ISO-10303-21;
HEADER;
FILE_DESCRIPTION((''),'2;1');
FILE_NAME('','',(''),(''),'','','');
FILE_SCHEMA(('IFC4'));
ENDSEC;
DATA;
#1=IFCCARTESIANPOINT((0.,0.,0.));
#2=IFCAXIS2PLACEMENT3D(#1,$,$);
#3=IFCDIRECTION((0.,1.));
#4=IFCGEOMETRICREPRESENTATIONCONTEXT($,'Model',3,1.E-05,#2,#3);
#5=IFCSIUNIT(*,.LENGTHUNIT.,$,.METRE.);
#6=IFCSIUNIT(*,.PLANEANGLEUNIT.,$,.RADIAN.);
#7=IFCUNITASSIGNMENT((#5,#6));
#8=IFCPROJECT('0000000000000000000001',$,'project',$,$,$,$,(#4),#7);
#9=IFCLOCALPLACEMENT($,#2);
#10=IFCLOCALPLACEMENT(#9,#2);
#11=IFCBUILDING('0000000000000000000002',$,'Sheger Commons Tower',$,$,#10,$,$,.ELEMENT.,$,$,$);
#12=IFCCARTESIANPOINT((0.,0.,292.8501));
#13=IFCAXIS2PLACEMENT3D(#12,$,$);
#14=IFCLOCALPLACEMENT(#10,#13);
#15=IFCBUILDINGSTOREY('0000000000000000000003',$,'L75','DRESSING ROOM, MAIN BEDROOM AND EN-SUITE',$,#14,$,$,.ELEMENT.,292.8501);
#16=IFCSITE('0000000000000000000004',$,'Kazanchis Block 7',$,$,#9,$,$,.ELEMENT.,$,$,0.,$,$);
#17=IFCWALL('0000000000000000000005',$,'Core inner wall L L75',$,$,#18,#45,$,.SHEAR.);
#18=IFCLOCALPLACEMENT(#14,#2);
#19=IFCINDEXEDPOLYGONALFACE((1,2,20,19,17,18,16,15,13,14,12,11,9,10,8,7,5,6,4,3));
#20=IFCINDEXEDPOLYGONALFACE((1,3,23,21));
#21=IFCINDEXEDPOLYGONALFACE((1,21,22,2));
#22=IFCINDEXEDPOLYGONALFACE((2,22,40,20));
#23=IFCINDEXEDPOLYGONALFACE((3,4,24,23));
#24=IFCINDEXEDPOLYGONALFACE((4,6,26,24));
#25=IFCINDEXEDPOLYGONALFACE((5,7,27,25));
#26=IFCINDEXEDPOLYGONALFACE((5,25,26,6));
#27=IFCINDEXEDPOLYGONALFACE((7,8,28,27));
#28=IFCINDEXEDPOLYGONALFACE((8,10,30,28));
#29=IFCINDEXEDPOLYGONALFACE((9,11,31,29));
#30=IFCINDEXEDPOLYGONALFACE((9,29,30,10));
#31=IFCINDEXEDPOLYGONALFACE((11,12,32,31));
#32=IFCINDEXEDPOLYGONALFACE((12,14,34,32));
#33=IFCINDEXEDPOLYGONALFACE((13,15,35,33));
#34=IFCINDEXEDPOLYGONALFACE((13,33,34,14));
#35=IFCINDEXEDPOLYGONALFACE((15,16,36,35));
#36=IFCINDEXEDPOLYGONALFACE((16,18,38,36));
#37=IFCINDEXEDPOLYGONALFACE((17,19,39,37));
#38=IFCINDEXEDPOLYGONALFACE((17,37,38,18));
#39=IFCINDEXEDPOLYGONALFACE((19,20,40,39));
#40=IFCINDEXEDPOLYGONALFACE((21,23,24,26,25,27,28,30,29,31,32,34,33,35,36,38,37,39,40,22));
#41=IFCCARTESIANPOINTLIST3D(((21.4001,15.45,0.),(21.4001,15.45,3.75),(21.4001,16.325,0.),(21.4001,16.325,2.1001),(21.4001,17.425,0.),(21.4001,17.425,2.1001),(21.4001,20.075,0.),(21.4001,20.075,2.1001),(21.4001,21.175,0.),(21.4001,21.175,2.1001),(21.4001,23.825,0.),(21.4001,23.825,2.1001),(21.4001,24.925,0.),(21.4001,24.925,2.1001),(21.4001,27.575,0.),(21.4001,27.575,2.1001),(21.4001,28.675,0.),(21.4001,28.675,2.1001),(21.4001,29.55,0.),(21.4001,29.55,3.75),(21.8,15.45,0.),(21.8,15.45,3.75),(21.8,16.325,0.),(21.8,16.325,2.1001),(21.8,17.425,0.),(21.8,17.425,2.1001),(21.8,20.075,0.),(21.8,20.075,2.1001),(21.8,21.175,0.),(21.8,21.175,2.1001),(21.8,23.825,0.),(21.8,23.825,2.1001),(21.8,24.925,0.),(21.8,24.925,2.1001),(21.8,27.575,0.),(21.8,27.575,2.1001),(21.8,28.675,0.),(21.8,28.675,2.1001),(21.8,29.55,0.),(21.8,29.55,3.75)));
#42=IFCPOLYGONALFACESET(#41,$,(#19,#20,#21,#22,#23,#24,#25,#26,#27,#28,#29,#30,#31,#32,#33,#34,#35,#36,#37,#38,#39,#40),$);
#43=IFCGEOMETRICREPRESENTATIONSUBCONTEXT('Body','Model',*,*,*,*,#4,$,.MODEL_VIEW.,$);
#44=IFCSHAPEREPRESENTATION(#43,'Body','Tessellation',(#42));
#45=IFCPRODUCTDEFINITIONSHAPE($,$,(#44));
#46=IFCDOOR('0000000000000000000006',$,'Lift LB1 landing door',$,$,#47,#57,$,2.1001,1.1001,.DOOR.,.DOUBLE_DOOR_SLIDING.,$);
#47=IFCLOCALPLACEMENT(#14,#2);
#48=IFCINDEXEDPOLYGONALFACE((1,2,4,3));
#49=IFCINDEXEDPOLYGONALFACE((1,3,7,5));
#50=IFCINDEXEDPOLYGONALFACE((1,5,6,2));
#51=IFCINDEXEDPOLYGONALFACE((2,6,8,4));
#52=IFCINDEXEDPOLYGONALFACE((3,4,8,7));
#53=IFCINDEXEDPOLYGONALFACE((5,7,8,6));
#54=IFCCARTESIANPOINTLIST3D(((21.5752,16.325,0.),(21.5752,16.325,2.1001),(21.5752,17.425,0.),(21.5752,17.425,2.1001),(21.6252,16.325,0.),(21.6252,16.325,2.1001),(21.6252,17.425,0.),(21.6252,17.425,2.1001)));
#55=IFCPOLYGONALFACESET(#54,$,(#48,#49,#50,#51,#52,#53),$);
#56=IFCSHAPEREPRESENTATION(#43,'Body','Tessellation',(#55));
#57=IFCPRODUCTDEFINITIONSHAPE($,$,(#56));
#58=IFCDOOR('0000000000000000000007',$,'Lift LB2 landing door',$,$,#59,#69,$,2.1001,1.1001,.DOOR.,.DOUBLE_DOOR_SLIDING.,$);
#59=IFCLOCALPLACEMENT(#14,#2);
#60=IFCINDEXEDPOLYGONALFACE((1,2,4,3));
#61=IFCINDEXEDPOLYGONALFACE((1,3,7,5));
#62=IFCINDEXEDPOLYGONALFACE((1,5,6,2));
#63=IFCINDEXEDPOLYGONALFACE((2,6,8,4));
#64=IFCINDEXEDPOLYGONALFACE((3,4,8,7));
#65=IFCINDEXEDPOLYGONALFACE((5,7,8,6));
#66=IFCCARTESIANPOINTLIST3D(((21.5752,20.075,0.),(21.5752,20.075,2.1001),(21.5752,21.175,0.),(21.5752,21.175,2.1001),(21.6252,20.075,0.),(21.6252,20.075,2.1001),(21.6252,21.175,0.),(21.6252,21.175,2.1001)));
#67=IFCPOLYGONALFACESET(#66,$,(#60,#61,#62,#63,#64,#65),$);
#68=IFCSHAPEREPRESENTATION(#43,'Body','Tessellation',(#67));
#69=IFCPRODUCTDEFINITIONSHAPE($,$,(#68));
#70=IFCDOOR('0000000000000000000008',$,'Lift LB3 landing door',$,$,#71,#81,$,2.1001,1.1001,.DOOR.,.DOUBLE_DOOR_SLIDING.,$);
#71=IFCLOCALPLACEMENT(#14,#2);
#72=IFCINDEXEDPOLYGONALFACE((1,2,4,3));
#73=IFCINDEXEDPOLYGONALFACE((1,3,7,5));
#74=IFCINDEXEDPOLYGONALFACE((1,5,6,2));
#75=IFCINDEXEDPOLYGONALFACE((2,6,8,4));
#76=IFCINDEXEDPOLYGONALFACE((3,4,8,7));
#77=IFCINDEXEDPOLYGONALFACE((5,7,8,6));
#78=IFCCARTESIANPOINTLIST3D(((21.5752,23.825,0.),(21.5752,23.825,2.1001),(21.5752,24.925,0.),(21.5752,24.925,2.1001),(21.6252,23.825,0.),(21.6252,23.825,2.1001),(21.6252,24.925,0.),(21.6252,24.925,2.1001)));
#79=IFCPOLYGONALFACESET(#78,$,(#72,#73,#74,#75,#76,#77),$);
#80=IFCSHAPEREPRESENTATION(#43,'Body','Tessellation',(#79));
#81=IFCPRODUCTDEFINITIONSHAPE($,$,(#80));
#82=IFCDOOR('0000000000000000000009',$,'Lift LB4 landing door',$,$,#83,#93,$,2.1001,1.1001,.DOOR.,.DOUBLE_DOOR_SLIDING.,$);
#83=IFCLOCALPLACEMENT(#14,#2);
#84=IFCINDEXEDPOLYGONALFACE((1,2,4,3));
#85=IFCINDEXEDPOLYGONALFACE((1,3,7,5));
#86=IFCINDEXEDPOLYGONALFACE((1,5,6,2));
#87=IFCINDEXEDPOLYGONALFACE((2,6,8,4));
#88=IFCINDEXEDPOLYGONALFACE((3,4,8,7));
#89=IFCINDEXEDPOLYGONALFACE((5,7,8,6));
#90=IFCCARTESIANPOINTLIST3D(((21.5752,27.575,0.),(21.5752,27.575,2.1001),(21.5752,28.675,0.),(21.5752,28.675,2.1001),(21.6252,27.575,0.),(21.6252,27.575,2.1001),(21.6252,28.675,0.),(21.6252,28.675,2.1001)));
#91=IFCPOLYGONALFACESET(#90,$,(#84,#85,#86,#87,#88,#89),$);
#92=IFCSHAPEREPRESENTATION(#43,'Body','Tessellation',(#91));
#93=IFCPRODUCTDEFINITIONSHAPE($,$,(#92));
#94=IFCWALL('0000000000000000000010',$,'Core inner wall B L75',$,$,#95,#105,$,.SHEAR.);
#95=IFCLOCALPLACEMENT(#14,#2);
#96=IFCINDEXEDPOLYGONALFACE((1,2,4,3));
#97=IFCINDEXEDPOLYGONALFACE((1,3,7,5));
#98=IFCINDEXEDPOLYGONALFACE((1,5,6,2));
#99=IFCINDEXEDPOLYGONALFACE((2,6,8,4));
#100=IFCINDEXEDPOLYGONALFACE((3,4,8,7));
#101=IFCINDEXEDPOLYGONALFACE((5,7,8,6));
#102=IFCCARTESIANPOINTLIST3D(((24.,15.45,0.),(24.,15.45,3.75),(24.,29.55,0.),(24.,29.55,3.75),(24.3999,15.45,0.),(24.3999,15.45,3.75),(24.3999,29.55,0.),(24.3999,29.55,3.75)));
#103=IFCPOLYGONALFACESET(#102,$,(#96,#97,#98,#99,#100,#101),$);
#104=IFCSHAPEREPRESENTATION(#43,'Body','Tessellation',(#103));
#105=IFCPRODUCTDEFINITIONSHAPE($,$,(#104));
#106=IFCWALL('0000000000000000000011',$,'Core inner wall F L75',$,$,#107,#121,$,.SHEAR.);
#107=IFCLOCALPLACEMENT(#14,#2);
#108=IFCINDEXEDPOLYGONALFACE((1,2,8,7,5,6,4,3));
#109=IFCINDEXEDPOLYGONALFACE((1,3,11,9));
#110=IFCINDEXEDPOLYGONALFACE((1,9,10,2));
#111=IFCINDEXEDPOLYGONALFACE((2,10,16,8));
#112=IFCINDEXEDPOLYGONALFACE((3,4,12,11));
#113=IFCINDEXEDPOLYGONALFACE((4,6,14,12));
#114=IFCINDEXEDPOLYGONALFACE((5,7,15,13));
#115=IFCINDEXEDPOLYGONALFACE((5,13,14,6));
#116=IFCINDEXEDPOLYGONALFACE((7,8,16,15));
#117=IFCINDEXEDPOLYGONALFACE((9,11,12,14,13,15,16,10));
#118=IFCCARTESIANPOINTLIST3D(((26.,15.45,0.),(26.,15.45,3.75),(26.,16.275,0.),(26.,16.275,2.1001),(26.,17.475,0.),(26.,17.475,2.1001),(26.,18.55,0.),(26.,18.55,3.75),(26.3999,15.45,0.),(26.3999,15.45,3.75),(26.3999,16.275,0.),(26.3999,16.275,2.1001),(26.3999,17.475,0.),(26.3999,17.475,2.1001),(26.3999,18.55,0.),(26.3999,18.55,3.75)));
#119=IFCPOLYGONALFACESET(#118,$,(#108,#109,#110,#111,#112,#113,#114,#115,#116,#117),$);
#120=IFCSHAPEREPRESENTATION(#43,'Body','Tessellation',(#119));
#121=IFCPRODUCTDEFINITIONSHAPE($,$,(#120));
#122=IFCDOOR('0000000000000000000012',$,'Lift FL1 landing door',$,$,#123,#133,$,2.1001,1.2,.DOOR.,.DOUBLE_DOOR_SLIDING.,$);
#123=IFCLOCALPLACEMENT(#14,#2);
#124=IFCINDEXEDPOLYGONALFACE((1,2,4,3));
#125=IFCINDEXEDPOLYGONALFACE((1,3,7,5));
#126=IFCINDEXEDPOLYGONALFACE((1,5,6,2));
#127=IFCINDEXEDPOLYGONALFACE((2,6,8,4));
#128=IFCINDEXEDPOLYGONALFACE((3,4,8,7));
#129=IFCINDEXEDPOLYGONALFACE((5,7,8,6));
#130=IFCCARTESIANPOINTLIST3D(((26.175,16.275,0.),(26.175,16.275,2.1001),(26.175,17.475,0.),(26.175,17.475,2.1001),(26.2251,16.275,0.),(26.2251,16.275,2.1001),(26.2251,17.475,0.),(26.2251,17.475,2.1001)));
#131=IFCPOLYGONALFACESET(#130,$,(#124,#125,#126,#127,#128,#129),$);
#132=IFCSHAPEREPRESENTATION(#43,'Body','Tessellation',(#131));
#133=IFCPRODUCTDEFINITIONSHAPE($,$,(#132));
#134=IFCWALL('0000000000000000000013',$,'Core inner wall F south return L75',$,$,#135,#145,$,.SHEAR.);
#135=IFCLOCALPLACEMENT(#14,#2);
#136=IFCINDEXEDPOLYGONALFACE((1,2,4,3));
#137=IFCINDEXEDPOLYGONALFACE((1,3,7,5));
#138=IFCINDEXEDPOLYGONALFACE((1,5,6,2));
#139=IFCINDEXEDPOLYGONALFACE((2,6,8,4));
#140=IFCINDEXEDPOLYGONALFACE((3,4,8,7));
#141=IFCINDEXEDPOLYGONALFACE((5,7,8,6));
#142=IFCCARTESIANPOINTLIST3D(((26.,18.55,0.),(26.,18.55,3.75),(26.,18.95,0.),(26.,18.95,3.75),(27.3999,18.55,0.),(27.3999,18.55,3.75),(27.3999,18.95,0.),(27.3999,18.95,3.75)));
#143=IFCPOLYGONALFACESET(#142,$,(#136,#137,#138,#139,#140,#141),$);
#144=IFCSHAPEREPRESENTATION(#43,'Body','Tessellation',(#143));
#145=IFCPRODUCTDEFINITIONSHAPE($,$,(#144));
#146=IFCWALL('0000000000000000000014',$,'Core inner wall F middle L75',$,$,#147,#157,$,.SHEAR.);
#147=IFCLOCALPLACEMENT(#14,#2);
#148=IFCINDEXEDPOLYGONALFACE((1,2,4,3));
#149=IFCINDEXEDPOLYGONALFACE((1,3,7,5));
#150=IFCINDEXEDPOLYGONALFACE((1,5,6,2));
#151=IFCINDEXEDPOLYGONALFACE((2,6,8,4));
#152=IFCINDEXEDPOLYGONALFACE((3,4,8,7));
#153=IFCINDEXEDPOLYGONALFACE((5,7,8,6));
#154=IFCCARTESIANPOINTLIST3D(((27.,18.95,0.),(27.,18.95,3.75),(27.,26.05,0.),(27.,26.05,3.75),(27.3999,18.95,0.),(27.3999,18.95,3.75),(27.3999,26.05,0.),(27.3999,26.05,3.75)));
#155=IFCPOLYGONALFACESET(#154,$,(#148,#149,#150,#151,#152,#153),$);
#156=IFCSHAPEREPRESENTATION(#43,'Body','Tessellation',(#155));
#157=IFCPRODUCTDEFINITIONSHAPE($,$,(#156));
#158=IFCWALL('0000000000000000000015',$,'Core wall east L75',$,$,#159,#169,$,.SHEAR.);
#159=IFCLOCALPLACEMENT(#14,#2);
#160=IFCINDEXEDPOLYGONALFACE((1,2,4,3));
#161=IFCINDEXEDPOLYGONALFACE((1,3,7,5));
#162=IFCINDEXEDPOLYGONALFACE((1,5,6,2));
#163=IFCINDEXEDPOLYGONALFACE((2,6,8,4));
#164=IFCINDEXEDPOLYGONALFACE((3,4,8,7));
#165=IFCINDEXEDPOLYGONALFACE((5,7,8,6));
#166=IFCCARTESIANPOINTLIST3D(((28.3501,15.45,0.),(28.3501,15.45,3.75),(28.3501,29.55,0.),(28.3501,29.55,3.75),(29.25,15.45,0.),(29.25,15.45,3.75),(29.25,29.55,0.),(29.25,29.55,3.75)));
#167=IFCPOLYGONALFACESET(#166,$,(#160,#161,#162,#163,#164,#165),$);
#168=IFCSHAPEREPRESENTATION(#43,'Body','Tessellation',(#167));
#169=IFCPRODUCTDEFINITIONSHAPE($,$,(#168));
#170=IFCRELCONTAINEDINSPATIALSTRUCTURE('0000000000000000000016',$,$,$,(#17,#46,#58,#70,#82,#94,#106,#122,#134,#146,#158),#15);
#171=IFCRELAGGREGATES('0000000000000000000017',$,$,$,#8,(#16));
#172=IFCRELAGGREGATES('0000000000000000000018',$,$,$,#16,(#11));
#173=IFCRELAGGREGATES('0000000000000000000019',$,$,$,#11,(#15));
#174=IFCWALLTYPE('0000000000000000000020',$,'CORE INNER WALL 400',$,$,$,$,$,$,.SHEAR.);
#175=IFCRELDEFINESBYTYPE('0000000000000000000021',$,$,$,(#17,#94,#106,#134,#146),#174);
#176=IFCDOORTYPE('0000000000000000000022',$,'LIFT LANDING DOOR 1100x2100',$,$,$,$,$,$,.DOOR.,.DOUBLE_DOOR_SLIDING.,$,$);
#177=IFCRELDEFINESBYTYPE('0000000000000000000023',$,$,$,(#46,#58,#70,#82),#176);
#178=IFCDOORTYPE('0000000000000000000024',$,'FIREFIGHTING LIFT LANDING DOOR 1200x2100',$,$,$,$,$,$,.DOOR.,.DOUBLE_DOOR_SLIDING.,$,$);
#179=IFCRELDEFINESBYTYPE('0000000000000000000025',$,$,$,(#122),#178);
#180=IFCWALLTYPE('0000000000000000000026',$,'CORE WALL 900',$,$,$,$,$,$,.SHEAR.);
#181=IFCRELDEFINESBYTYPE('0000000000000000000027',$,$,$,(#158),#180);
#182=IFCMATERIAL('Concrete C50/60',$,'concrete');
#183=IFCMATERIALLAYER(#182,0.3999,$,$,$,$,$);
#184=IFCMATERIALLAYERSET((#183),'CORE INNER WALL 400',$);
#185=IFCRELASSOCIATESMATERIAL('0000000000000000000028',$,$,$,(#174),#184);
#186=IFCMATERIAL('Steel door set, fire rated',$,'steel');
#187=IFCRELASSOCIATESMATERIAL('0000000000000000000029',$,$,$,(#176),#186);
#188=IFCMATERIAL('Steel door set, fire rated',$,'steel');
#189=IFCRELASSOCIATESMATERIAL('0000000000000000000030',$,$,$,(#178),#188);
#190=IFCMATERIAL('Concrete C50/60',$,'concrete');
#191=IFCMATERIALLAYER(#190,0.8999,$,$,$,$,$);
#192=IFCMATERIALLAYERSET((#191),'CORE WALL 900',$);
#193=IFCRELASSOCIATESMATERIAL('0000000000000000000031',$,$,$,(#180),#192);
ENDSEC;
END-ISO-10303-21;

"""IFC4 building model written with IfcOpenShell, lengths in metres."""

from ifc_helpers import new_model, si_unit, direction, frame, frame_2d, origin, place, context, subcontext, project, spatial, rectangle, extrude, material, layer, layer_set, type_object, element, fill, save


model = new_model("IFC4")

# Units and contexts
model_context = context("Model", 3, precision=1e-05, world=origin(), true_north=direction((0.0, 1.0)))
body_context = subcontext(model_context, "Body", "Model", "MODEL_VIEW")
ifc_project = project(units=[si_unit("LENGTHUNIT", "METRE"), si_unit("PLANEANGLEUNIT", "RADIAN")], contexts=[model_context])

# Site, building, storey
site_placement = place(None, origin())
site = spatial("IfcSite", under=ifc_project, at=site_placement, Name="Kazanchis Block 7", CompositionType="ELEMENT", RefElevation=0.0)
building_placement = place(site_placement, origin())
building = spatial("IfcBuilding", under=site, at=building_placement, Name="Sheger Commons Tower", CompositionType="ELEMENT")
storey_placement = place(building_placement, frame((0.0, 0.0, 292.8501)))
storey = spatial("IfcBuildingStorey", under=building, at=storey_placement, Name="L75", Description="DRESSING ROOM, MAIN BEDROOM AND EN-SUITE", CompositionType="ELEMENT", Elevation=292.8501)

# Wall, openings, doors
ifc_material_1 = material(Name="Concrete C50/60", Category="concrete")
ifc_layer_1 = layer(ifc_material_1, 0.3999)
ifc_layer_set_1 = layer_set([ifc_layer_1], Name="CORE INNER WALL 400")
wall_type_1 = type_object("IfcWallType", Name="CORE INNER WALL 400", PredefinedType="SHEAR", material=ifc_layer_set_1)
wall_1_placement = place(storey_placement, frame((21.6001, 15.45, 0.0), z_axis=(0.0, 0.0, 1.0), x_axis=(0.0, 1.0, 0.0)))
wall_1 = element("IfcWall", 1, at=wall_1_placement, inside=storey, type_object=wall_type_1, Name="Core inner wall L L75", PredefinedType="SHEAR", context=body_context, shape_type="SweptSolid", body=[
    extrude(rectangle(XDim=14.1001, YDim=0.3999, at=frame_2d((7.05, 0.0))), origin(), (0.0, 0.0, 1.0), 3.75),
])
opening_1_placement = place(wall_1_placement, frame((0.875, 0.0, 0.0)))
opening_1 = element("IfcOpeningElement", 2, at=opening_1_placement, cuts=wall_1, PredefinedType="OPENING", context=body_context, shape_type="SweptSolid", body=[
    extrude(rectangle(XDim=1.1001, YDim=2.1001, at=frame_2d((0.55, 1.05))), frame((0.0, 0.21, 0.0), z_axis=(0.0, -1.0, 0.0), x_axis=(1.0, 0.0, 0.0)), (0.0, 0.0, 1.0), 0.4199),
])
opening_2_placement = place(wall_1_placement, frame((4.625, 0.0, 0.0)))
opening_2 = element("IfcOpeningElement", 3, at=opening_2_placement, cuts=wall_1, PredefinedType="OPENING", context=body_context, shape_type="SweptSolid", body=[
    extrude(rectangle(XDim=1.1001, YDim=2.1001, at=frame_2d((0.55, 1.05))), frame((0.0, 0.21, 0.0), z_axis=(0.0, -1.0, 0.0), x_axis=(1.0, 0.0, 0.0)), (0.0, 0.0, 1.0), 0.4199),
])
opening_3_placement = place(wall_1_placement, frame((8.375, 0.0, 0.0)))
opening_3 = element("IfcOpeningElement", 4, at=opening_3_placement, cuts=wall_1, PredefinedType="OPENING", context=body_context, shape_type="SweptSolid", body=[
    extrude(rectangle(XDim=1.1001, YDim=2.1001, at=frame_2d((0.55, 1.05))), frame((0.0, 0.21, 0.0), z_axis=(0.0, -1.0, 0.0), x_axis=(1.0, 0.0, 0.0)), (0.0, 0.0, 1.0), 0.4199),
])
opening_4_placement = place(wall_1_placement, frame((12.125, 0.0, 0.0)))
opening_4 = element("IfcOpeningElement", 5, at=opening_4_placement, cuts=wall_1, PredefinedType="OPENING", context=body_context, shape_type="SweptSolid", body=[
    extrude(rectangle(XDim=1.1001, YDim=2.1001, at=frame_2d((0.55, 1.05))), frame((0.0, 0.21, 0.0), z_axis=(0.0, -1.0, 0.0), x_axis=(1.0, 0.0, 0.0)), (0.0, 0.0, 1.0), 0.4199),
])
ifc_material_2 = material(Name="Steel door set, fire rated", Category="steel")
door_type_1 = type_object("IfcDoorType", Name="LIFT LANDING DOOR 1100x2100", OperationType="DOUBLE_DOOR_SLIDING", PredefinedType="DOOR", material=ifc_material_2)
door_1_placement = place(opening_1_placement, origin())
door_1 = element("IfcDoor", 6, at=door_1_placement, inside=storey, type_object=door_type_1, Name="Lift LB1 landing door", OperationType="DOUBLE_DOOR_SLIDING", OverallHeight=2.1001, OverallWidth=1.1001, PredefinedType="DOOR", context=body_context, shape_type="SweptSolid", body=[
    extrude(rectangle(XDim=1.1001, YDim=2.1001, at=frame_2d((0.55, 1.05))), frame((0.0, 0.0249, 0.0), z_axis=(0.0, -1.0, 0.0), x_axis=(1.0, 0.0, 0.0)), (0.0, 0.0, 1.0), 0.05),
])
fill(opening_1, door_1)
door_2_placement = place(opening_2_placement, origin())
door_2 = element("IfcDoor", 7, at=door_2_placement, inside=storey, type_object=door_type_1, Name="Lift LB2 landing door", OperationType="DOUBLE_DOOR_SLIDING", OverallHeight=2.1001, OverallWidth=1.1001, PredefinedType="DOOR", context=body_context, shape_type="SweptSolid", body=[
    extrude(rectangle(XDim=1.1001, YDim=2.1001, at=frame_2d((0.55, 1.05))), frame((0.0, 0.0249, 0.0), z_axis=(0.0, -1.0, 0.0), x_axis=(1.0, 0.0, 0.0)), (0.0, 0.0, 1.0), 0.05),
])
fill(opening_2, door_2)
door_3_placement = place(opening_3_placement, origin())
door_3 = element("IfcDoor", 8, at=door_3_placement, inside=storey, type_object=door_type_1, Name="Lift LB3 landing door", OperationType="DOUBLE_DOOR_SLIDING", OverallHeight=2.1001, OverallWidth=1.1001, PredefinedType="DOOR", context=body_context, shape_type="SweptSolid", body=[
    extrude(rectangle(XDim=1.1001, YDim=2.1001, at=frame_2d((0.55, 1.05))), frame((0.0, 0.0249, 0.0), z_axis=(0.0, -1.0, 0.0), x_axis=(1.0, 0.0, 0.0)), (0.0, 0.0, 1.0), 0.05),
])
fill(opening_3, door_3)
door_4_placement = place(opening_4_placement, origin())
door_4 = element("IfcDoor", 9, at=door_4_placement, inside=storey, type_object=door_type_1, Name="Lift LB4 landing door", OperationType="DOUBLE_DOOR_SLIDING", OverallHeight=2.1001, OverallWidth=1.1001, PredefinedType="DOOR", context=body_context, shape_type="SweptSolid", body=[
    extrude(rectangle(XDim=1.1001, YDim=2.1001, at=frame_2d((0.55, 1.05))), frame((0.0, 0.0249, 0.0), z_axis=(0.0, -1.0, 0.0), x_axis=(1.0, 0.0, 0.0)), (0.0, 0.0, 1.0), 0.05),
])
fill(opening_4, door_4)

# Wall
wall_2_placement = place(storey_placement, frame((24.2, 15.45, 0.0), z_axis=(0.0, 0.0, 1.0), x_axis=(0.0, 1.0, 0.0)))
element("IfcWall", 10, at=wall_2_placement, inside=storey, type_object=wall_type_1, Name="Core inner wall B L75", PredefinedType="SHEAR", context=body_context, shape_type="SweptSolid", body=[
    extrude(rectangle(XDim=14.1001, YDim=0.3999, at=frame_2d((7.05, 0.0))), origin(), (0.0, 0.0, 1.0), 3.75),
])

# Wall, opening, door
wall_3_placement = place(storey_placement, frame((26.2, 15.45, 0.0), z_axis=(0.0, 0.0, 1.0), x_axis=(0.0, 1.0, 0.0)))
wall_3 = element("IfcWall", 11, at=wall_3_placement, inside=storey, type_object=wall_type_1, Name="Core inner wall F L75", PredefinedType="SHEAR", context=body_context, shape_type="SweptSolid", body=[
    extrude(rectangle(XDim=3.1001, YDim=0.3999, at=frame_2d((1.55, 0.0))), origin(), (0.0, 0.0, 1.0), 3.75),
])
opening_5_placement = place(wall_3_placement, frame((0.825, 0.0, 0.0)))
opening_5 = element("IfcOpeningElement", 12, at=opening_5_placement, cuts=wall_3, PredefinedType="OPENING", context=body_context, shape_type="SweptSolid", body=[
    extrude(rectangle(XDim=1.2, YDim=2.1001, at=frame_2d((0.6001, 1.05))), frame((0.0, 0.21, 0.0), z_axis=(0.0, -1.0, 0.0), x_axis=(1.0, 0.0, 0.0)), (0.0, 0.0, 1.0), 0.4199),
])
ifc_material_3 = material(Name="Steel door set, fire rated", Category="steel")
door_type_2 = type_object("IfcDoorType", Name="FIREFIGHTING LIFT LANDING DOOR 1200x2100", OperationType="DOUBLE_DOOR_SLIDING", PredefinedType="DOOR", material=ifc_material_3)
door_5_placement = place(opening_5_placement, origin())
door_5 = element("IfcDoor", 13, at=door_5_placement, inside=storey, type_object=door_type_2, Name="Lift FL1 landing door", OperationType="DOUBLE_DOOR_SLIDING", OverallHeight=2.1001, OverallWidth=1.2, PredefinedType="DOOR", context=body_context, shape_type="SweptSolid", body=[
    extrude(rectangle(XDim=1.2, YDim=2.1001, at=frame_2d((0.6001, 1.05))), frame((0.0, 0.0249, 0.0), z_axis=(0.0, -1.0, 0.0), x_axis=(1.0, 0.0, 0.0)), (0.0, 0.0, 1.0), 0.05),
])
fill(opening_5, door_5)

# Walls
wall_4_placement = place(storey_placement, frame((26.0, 18.75, 0.0), z_axis=(0.0, 0.0, 1.0), x_axis=(1.0, 0.0, 0.0)))
element("IfcWall", 14, at=wall_4_placement, inside=storey, type_object=wall_type_1, Name="Core inner wall F south return L75", PredefinedType="SHEAR", context=body_context, shape_type="SweptSolid", body=[
    extrude(rectangle(XDim=1.3999, YDim=0.3999, at=frame_2d((0.7, 0.0))), origin(), (0.0, 0.0, 1.0), 3.75),
])
wall_5_placement = place(storey_placement, frame((27.2, 18.95, 0.0), z_axis=(0.0, 0.0, 1.0), x_axis=(0.0, 1.0, 0.0)))
element("IfcWall", 15, at=wall_5_placement, inside=storey, type_object=wall_type_1, Name="Core inner wall F middle L75", PredefinedType="SHEAR", context=body_context, shape_type="SweptSolid", body=[
    extrude(rectangle(XDim=7.1001, YDim=0.3999, at=frame_2d((3.55, 0.0))), origin(), (0.0, 0.0, 1.0), 3.75),
])
ifc_material_4 = material(Name="Concrete C50/60", Category="concrete")
ifc_layer_2 = layer(ifc_material_4, 0.8999)
ifc_layer_set_2 = layer_set([ifc_layer_2], Name="CORE WALL 900")
wall_type_2 = type_object("IfcWallType", Name="CORE WALL 900", PredefinedType="SHEAR", material=ifc_layer_set_2)
wall_6_placement = place(storey_placement, frame((28.8, 15.45, 0.0), z_axis=(0.0, 0.0, 1.0), x_axis=(0.0, 1.0, 0.0)))
element("IfcWall", 16, at=wall_6_placement, inside=storey, type_object=wall_type_2, Name="Core wall east L75", PredefinedType="SHEAR", context=body_context, shape_type="SweptSolid", body=[
    extrude(rectangle(XDim=14.1001, YDim=0.8999, at=frame_2d((7.05, 0.0))), origin(), (0.0, 0.0, 1.0), 3.75),
])

save(model, "model.ifc")
